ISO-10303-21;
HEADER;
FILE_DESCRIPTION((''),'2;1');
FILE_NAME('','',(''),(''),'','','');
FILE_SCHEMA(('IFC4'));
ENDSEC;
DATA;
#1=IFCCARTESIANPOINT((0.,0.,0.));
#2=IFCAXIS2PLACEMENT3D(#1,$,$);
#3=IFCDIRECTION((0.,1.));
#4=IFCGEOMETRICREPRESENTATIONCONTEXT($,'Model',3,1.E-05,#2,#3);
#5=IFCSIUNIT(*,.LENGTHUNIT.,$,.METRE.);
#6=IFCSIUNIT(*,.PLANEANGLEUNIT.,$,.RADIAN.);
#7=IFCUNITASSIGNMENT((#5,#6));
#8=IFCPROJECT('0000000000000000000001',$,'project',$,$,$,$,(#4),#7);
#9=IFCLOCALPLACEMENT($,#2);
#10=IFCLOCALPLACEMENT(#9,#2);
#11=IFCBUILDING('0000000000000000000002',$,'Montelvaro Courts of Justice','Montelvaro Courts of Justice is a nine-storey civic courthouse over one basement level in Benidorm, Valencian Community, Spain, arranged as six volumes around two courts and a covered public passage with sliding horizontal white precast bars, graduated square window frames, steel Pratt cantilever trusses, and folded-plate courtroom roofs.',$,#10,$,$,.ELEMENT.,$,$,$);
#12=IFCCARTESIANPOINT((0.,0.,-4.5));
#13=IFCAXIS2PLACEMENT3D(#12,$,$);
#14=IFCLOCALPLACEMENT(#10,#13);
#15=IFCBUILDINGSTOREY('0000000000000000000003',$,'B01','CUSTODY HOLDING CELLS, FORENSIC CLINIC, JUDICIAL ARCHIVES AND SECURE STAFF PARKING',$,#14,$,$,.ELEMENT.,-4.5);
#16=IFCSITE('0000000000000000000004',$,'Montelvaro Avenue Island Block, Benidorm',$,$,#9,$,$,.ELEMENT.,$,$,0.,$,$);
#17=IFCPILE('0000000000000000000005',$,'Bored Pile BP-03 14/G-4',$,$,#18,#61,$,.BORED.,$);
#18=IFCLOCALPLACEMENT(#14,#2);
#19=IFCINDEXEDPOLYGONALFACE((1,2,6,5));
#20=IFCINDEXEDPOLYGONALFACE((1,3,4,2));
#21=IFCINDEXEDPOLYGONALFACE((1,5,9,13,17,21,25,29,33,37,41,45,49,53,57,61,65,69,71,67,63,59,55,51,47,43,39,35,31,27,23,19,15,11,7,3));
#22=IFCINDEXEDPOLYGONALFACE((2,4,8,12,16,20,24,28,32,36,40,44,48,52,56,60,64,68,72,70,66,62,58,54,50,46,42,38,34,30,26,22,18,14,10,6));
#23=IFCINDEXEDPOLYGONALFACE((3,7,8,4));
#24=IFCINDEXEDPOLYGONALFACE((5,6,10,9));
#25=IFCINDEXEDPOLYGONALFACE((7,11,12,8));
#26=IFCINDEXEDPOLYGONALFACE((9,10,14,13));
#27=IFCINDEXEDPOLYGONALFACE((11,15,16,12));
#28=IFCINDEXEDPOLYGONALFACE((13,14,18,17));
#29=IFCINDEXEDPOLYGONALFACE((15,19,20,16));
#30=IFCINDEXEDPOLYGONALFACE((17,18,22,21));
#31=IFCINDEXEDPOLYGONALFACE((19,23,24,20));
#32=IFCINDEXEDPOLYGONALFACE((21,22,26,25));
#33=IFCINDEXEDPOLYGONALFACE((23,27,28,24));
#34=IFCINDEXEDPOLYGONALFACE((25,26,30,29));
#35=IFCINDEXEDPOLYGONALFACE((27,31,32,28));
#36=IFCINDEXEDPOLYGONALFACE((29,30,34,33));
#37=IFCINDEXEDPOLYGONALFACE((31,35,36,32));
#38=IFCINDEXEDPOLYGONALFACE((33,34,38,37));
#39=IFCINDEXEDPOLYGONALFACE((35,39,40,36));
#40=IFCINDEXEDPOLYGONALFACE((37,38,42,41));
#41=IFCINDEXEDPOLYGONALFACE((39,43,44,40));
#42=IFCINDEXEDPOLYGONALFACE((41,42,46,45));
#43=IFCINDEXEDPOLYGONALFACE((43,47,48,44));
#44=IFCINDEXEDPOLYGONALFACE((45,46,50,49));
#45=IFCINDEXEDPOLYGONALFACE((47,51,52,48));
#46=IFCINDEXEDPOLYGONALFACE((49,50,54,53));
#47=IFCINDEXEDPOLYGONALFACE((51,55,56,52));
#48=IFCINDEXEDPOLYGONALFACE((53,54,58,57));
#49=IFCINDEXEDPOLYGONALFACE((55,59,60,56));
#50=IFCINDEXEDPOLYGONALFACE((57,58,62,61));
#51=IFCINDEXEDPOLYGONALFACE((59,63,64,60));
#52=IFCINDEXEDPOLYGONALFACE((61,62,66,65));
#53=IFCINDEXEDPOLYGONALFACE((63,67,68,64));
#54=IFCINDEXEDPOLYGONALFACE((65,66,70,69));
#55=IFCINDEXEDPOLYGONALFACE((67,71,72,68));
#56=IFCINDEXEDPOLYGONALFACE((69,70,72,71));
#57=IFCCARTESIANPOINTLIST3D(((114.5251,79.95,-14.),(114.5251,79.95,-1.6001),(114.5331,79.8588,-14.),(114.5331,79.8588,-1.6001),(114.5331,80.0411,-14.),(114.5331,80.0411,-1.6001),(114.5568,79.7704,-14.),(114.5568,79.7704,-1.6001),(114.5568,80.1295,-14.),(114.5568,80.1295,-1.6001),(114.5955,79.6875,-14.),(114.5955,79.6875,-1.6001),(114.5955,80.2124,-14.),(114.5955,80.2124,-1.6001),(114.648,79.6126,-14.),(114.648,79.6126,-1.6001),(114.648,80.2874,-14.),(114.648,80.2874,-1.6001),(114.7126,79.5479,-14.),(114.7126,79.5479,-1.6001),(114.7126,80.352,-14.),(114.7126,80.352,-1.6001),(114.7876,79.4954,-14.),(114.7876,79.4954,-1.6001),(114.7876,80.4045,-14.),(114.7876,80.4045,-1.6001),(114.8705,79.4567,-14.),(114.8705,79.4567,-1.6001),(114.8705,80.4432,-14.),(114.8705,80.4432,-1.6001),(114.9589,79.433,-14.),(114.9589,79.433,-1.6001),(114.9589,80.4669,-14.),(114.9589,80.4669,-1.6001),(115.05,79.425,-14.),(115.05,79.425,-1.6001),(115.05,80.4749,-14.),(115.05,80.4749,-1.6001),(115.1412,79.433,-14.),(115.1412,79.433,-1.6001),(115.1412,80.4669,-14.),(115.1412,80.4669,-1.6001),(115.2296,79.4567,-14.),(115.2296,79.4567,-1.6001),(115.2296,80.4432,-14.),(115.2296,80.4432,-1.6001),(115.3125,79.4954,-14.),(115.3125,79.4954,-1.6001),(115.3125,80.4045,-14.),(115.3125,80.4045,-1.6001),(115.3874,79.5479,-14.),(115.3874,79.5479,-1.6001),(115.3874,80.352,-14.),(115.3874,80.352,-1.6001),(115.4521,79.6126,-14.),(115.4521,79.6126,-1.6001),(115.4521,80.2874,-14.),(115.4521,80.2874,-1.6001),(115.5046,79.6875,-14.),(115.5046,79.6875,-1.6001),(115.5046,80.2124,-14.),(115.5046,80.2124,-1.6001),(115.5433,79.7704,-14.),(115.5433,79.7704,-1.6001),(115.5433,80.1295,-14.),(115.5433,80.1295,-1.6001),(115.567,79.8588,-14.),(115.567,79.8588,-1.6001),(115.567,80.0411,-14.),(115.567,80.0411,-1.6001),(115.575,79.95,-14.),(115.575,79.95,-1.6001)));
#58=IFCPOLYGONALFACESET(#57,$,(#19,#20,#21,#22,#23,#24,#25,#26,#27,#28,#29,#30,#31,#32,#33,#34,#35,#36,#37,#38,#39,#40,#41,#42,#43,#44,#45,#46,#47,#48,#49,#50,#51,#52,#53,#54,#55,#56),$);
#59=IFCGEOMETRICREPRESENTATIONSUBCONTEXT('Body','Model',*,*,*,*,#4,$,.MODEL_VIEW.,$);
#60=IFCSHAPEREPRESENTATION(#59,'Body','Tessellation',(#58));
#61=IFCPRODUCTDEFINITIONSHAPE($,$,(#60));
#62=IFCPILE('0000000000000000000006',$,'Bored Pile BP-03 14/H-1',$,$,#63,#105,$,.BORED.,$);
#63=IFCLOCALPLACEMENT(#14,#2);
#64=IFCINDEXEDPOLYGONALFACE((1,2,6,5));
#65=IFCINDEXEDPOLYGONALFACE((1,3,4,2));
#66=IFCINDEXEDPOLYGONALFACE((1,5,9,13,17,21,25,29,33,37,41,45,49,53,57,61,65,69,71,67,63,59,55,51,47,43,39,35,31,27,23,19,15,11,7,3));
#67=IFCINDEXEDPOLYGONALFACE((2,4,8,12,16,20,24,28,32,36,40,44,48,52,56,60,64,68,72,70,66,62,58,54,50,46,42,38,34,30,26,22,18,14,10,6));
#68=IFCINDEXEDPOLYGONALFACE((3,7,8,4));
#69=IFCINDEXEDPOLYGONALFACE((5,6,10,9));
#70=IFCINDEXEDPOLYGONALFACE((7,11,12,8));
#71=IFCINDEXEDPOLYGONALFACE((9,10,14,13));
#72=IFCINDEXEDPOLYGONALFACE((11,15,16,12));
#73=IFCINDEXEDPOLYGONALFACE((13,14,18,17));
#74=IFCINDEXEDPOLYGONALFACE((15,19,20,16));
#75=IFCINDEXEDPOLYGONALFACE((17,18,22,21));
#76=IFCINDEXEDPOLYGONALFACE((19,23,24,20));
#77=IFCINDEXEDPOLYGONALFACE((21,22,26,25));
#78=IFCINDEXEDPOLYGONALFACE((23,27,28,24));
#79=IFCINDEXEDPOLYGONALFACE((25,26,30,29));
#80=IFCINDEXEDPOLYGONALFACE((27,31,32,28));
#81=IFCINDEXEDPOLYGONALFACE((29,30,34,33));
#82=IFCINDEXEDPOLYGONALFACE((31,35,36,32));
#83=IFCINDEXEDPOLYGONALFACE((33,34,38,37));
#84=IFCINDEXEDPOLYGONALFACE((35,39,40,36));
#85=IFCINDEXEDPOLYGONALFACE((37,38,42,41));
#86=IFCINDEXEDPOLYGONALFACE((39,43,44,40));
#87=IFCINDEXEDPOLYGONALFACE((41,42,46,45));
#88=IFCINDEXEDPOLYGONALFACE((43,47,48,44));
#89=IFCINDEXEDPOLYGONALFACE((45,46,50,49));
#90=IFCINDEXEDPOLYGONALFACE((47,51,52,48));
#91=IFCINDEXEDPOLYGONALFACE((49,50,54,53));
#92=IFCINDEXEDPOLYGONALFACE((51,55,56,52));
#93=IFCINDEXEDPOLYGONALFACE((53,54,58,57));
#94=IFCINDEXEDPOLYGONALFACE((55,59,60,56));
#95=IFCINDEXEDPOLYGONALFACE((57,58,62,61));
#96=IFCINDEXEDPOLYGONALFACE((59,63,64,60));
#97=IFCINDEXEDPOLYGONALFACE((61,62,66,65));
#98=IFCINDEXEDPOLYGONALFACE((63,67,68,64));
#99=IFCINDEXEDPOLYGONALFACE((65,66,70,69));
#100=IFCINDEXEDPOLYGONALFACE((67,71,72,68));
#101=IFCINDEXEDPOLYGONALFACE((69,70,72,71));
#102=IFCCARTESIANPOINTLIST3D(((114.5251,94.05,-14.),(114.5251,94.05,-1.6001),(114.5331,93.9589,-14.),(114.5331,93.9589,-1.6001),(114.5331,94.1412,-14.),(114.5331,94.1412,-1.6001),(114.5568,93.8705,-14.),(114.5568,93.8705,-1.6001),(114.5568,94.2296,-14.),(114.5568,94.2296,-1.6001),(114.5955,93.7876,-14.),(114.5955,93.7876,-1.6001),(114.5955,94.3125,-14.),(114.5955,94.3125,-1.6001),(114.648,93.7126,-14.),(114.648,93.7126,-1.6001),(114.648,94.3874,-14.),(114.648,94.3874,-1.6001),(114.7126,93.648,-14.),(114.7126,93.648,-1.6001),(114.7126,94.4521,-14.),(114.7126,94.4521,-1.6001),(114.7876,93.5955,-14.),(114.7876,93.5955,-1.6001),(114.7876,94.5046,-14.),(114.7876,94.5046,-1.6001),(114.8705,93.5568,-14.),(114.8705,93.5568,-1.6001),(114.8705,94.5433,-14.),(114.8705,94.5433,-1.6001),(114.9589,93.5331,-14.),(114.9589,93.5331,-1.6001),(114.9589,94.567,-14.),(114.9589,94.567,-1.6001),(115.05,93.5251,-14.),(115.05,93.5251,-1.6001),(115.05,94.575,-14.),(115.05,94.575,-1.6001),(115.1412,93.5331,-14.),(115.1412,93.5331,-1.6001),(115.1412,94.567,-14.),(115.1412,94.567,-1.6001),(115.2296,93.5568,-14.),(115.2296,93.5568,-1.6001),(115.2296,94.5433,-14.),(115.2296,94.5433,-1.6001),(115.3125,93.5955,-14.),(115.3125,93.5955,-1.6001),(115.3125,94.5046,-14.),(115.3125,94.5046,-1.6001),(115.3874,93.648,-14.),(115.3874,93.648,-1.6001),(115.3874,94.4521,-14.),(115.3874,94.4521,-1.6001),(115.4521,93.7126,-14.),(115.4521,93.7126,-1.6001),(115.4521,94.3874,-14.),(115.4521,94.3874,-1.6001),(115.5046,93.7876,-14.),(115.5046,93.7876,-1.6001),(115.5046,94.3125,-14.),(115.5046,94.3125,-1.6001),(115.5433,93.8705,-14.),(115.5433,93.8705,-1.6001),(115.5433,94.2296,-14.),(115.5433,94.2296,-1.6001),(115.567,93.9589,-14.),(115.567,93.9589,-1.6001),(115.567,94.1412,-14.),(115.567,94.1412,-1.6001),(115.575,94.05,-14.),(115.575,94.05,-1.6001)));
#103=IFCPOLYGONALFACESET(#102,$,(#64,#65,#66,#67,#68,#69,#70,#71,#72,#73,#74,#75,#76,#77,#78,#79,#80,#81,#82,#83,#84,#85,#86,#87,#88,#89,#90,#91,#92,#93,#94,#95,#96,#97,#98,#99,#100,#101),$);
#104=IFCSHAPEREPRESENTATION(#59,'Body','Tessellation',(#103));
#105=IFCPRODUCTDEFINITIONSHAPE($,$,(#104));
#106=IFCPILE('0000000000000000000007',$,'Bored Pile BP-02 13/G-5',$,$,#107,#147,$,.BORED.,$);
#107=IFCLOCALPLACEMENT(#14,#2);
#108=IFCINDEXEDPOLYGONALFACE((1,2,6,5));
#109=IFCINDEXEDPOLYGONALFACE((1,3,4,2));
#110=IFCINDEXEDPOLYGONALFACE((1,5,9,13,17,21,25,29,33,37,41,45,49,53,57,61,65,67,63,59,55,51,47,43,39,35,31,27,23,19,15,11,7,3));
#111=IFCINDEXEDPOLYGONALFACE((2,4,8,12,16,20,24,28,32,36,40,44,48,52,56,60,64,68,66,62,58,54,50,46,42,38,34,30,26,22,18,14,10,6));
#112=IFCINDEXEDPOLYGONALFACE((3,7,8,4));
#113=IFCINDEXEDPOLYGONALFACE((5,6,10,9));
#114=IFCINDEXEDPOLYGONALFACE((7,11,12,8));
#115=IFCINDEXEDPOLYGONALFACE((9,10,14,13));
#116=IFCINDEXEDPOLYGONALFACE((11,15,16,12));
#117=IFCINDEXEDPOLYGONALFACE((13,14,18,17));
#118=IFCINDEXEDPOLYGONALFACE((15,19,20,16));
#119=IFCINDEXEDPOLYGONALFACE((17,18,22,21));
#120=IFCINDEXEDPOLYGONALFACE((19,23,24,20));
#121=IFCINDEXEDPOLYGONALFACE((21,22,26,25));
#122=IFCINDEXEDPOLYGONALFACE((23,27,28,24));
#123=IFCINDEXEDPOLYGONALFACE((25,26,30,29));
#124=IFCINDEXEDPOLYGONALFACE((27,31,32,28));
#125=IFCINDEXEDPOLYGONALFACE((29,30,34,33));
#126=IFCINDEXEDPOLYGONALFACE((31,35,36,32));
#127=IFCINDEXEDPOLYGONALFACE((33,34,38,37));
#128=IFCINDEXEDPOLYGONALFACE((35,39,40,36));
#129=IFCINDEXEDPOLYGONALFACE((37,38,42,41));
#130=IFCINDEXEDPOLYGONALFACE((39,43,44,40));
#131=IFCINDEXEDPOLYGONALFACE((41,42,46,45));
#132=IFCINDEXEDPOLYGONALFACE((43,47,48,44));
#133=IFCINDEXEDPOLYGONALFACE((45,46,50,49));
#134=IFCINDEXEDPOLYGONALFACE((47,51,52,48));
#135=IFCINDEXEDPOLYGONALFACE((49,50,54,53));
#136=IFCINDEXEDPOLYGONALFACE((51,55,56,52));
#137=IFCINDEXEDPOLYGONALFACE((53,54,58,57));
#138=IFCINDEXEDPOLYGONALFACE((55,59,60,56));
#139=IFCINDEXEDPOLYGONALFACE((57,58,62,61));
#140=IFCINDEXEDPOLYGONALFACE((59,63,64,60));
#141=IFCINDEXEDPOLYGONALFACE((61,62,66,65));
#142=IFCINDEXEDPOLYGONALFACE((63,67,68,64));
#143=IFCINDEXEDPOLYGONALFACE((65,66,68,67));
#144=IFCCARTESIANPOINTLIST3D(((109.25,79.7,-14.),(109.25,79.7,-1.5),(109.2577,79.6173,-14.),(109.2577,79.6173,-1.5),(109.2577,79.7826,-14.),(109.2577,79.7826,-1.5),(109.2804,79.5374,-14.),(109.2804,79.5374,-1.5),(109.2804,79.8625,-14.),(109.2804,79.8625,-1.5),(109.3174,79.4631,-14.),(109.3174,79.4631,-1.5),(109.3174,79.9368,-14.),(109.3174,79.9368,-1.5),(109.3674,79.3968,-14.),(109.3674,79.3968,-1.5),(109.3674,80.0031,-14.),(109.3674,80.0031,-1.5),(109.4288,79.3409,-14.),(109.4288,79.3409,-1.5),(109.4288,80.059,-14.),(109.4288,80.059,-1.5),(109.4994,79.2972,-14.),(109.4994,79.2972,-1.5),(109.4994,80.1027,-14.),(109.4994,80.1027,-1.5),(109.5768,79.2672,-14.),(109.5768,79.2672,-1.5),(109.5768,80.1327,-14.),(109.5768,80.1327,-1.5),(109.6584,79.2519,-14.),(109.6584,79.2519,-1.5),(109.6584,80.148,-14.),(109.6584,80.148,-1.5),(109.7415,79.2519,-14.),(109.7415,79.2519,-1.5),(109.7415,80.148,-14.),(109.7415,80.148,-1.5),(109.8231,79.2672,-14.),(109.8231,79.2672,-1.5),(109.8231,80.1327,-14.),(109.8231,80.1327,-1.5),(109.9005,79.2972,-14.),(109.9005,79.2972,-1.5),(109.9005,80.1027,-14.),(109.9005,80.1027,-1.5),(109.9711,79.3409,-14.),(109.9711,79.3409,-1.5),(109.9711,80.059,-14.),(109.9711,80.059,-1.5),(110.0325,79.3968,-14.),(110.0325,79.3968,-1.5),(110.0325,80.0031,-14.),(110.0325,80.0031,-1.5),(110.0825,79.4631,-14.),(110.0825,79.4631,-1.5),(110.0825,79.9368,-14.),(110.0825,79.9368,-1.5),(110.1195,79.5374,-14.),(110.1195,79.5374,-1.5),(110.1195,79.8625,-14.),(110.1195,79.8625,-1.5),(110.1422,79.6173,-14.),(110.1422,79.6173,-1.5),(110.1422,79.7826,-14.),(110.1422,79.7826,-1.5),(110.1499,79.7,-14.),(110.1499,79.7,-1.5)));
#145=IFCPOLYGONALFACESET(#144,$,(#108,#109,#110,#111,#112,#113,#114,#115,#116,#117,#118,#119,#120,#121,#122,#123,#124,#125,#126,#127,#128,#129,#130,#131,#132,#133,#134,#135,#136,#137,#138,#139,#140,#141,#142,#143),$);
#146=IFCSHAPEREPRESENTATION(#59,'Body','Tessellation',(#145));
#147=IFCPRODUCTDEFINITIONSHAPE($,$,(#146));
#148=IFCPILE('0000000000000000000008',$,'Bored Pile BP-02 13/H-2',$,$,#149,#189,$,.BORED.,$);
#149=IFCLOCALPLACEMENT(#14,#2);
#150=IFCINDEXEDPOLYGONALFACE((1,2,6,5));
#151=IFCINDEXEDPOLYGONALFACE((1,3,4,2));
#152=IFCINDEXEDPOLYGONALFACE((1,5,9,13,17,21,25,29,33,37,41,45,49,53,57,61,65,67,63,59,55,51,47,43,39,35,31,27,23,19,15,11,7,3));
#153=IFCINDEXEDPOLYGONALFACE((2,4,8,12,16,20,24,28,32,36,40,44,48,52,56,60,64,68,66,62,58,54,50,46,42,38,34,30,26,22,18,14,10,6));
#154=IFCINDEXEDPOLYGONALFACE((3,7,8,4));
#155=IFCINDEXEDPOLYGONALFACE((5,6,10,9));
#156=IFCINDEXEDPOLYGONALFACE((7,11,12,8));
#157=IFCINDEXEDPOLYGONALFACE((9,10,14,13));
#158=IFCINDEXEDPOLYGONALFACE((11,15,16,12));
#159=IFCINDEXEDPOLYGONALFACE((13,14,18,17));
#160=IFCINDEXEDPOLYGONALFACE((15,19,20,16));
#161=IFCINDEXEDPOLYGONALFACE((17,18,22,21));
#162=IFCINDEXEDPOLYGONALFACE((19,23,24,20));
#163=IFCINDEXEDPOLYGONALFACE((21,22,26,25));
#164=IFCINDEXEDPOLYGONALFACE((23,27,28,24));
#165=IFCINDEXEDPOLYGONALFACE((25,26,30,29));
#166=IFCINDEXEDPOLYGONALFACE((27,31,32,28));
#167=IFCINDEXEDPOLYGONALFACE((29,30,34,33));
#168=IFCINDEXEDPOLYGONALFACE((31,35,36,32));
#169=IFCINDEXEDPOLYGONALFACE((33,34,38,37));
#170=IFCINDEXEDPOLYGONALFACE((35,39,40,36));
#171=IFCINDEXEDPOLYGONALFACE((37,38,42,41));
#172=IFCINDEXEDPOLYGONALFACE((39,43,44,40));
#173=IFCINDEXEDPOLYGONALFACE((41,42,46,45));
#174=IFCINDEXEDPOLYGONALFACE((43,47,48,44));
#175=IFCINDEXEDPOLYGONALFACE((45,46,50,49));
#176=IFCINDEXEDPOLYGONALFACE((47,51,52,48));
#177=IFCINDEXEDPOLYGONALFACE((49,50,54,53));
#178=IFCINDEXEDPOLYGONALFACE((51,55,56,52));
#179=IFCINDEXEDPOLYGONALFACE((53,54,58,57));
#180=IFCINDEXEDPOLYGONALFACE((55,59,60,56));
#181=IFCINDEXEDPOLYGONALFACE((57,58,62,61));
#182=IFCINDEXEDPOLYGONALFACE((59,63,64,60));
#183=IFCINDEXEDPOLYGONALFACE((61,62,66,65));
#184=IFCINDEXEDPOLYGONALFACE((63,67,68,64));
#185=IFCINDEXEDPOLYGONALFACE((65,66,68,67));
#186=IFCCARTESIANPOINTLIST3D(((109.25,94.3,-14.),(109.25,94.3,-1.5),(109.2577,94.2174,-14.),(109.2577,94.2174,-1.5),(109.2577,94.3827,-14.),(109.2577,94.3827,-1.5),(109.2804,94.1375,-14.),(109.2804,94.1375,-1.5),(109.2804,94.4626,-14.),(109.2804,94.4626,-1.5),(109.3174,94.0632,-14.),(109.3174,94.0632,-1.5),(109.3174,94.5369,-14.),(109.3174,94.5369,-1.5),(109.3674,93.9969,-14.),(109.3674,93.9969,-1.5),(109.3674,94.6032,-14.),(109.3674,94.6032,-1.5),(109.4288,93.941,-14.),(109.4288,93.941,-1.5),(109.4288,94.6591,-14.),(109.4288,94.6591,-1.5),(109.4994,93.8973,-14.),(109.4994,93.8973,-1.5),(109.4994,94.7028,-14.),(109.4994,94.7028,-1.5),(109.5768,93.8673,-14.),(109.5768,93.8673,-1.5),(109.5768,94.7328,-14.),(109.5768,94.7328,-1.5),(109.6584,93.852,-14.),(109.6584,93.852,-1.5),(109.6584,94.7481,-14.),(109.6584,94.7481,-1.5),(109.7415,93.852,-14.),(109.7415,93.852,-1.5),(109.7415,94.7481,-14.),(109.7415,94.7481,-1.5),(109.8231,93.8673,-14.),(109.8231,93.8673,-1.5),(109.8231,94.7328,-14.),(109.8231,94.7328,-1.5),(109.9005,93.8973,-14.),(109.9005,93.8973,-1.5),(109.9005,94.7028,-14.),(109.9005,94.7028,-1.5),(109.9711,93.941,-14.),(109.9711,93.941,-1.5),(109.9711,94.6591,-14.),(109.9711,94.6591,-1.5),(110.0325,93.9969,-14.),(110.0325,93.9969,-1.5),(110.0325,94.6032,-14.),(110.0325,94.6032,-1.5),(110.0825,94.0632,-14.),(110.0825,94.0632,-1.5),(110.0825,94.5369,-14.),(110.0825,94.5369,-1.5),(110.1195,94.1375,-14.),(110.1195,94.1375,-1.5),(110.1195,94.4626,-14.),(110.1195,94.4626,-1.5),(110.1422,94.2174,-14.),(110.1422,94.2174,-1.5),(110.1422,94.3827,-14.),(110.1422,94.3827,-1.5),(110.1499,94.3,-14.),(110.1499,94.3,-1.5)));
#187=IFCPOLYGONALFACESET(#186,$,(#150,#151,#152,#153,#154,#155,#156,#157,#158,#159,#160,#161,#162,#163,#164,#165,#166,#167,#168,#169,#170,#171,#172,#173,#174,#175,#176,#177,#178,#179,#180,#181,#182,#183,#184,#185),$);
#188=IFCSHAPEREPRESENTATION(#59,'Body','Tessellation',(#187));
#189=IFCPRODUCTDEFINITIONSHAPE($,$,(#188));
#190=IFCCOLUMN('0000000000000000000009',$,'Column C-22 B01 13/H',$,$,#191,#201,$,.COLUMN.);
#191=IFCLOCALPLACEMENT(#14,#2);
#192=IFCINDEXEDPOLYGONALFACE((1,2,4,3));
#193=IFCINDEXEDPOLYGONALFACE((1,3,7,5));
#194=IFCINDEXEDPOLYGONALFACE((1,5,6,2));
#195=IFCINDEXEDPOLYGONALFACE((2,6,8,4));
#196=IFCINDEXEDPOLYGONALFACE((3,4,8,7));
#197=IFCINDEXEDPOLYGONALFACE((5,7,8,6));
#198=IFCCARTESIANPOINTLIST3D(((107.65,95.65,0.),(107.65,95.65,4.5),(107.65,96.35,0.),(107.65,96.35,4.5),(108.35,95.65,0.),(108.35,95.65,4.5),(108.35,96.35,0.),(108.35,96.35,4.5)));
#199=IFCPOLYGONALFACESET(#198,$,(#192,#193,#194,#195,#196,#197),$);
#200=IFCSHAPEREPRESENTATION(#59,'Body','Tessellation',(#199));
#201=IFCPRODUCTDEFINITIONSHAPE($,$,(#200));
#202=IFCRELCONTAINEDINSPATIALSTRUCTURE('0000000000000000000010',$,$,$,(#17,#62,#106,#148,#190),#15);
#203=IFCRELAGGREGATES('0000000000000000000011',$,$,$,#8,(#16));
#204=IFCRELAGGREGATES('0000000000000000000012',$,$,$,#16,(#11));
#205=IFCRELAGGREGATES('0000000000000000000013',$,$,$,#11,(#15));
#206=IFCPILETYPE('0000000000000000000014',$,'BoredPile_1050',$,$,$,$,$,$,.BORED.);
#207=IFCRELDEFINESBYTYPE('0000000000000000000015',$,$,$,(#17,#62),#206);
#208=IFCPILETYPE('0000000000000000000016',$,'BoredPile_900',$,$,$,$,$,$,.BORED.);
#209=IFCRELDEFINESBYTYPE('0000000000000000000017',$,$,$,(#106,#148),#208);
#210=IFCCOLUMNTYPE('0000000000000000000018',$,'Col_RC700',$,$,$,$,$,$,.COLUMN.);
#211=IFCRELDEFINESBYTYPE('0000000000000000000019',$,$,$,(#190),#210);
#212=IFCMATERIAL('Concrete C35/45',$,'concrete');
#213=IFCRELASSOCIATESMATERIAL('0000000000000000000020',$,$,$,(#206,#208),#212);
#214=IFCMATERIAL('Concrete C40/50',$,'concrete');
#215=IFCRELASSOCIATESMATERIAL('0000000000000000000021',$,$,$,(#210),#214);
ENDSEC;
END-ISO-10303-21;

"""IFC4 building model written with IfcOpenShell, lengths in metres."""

from ifc_helpers import new_model, si_unit, direction, frame, origin, origin_2d, place, context, subcontext, project, spatial, rectangle, circle, extrude, material, material_profile, profile_set, type_object, element, save


model = new_model("IFC4")

# Units and contexts
model_context = context("Model", 3, precision=1e-05, world=origin(), true_north=direction((0.0, 1.0)))
body_context = subcontext(model_context, "Body", "Model", "MODEL_VIEW")
ifc_project = project(units=[si_unit("LENGTHUNIT", "METRE"), si_unit("PLANEANGLEUNIT", "RADIAN")], contexts=[model_context])

# Site, building, storey
site_placement = place(None, origin())
site = spatial("IfcSite", under=ifc_project, at=site_placement, Name="Montelvaro Avenue Island Block, Benidorm", CompositionType="ELEMENT", RefElevation=0.0)
building_placement = place(site_placement, origin())
building = spatial("IfcBuilding", under=site, at=building_placement, Name="Montelvaro Courts of Justice", Description="Montelvaro Courts of Justice is a nine-storey civic courthouse over one basement level in Benidorm, Valencian Community, Spain, arranged as six volumes around two courts and a covered public passage with sliding horizontal white precast bars, graduated square window frames, steel Pratt cantilever trusses, and folded-plate courtroom roofs.", CompositionType="ELEMENT")
storey_placement = place(building_placement, frame((0.0, 0.0, -4.5)))
storey = spatial("IfcBuildingStorey", under=building, at=storey_placement, Name="B01", Description="CUSTODY HOLDING CELLS, FORENSIC CLINIC, JUDICIAL ARCHIVES AND SECURE STAFF PARKING", CompositionType="ELEMENT", Elevation=-4.5)

# Piles
ifc_material_1 = material(Name="Concrete C35/45", Category="concrete")
ifc_material_profile_1 = material_profile(ifc_material_1, circle(Radius=0.5249, at=origin_2d()), Name="BORED PILE D1050")
ifc_profile_set_1 = profile_set([ifc_material_profile_1], Name="Concrete C35/45")
pile_type_1 = type_object("IfcPileType", Name="BoredPile_1050", PredefinedType="BORED", material=ifc_profile_set_1)
for number, where, z_axis, x_axis, name in (
    (1, (115.05, 79.95, -1.6001), (0.0, 0.0, -1.0), (1.0, 0.0, 0.0), "Bored Pile BP-03 14/G-4"),
    (2, (115.05, 94.05, -1.6001), (0.0, 0.0, -1.0), (1.0, 0.0, 0.0), "Bored Pile BP-03 14/H-1"),
):
    element("IfcPile", number, at=place(storey_placement, frame(where, z_axis=z_axis, x_axis=x_axis)), inside=storey, type_object=pile_type_1, Name=name, PredefinedType="BORED", context=body_context, shape_type="SweptSolid", body=[
        extrude(circle(Radius=0.5249, at=origin_2d()), origin(), (0.0, 0.0, 1.0), 12.3999),
    ])
ifc_material_profile_2 = material_profile(ifc_material_1, circle(Radius=0.45, at=origin_2d()), Name="BORED PILE D900")
ifc_profile_set_2 = profile_set([ifc_material_profile_2], Name="Concrete C35/45")
pile_type_2 = type_object("IfcPileType", Name="BoredPile_900", PredefinedType="BORED", material=ifc_profile_set_2)
for number, where, z_axis, x_axis, name in (
    (3, (109.7, 79.7, -1.5), (0.0, 0.0, -1.0), (1.0, 0.0, 0.0), "Bored Pile BP-02 13/G-5"),
    (4, (109.7, 94.3, -1.5), (0.0, 0.0, -1.0), (1.0, 0.0, 0.0), "Bored Pile BP-02 13/H-2"),
):
    element("IfcPile", number, at=place(storey_placement, frame(where, z_axis=z_axis, x_axis=x_axis)), inside=storey, type_object=pile_type_2, Name=name, PredefinedType="BORED", context=body_context, shape_type="SweptSolid", body=[
        extrude(circle(Radius=0.45, at=origin_2d()), origin(), (0.0, 0.0, 1.0), 12.5),
    ])

# Column
ifc_material_2 = material(Name="Concrete C40/50", Category="concrete")
ifc_material_profile_3 = material_profile(ifc_material_2, rectangle(XDim=0.7, YDim=0.7, at=origin_2d()), Name="RC 700x700")
ifc_profile_set_3 = profile_set([ifc_material_profile_3], Name="Concrete C40/50")
column_type = type_object("IfcColumnType", Name="Col_RC700", PredefinedType="COLUMN", material=ifc_profile_set_3)
column_placement = place(storey_placement, frame((108.0, 96.0, 0.0), z_axis=(0.0, 0.0, 1.0), x_axis=(1.0, 0.0, 0.0)))
element("IfcColumn", 5, at=column_placement, inside=storey, type_object=column_type, Name="Column C-22 B01 13/H", PredefinedType="COLUMN", context=body_context, shape_type="SweptSolid", body=[
    extrude(rectangle(XDim=0.7, YDim=0.7, at=origin_2d()), origin(), (0.0, 0.0, 1.0), 4.5),
])

save(model, "model.ifc")
